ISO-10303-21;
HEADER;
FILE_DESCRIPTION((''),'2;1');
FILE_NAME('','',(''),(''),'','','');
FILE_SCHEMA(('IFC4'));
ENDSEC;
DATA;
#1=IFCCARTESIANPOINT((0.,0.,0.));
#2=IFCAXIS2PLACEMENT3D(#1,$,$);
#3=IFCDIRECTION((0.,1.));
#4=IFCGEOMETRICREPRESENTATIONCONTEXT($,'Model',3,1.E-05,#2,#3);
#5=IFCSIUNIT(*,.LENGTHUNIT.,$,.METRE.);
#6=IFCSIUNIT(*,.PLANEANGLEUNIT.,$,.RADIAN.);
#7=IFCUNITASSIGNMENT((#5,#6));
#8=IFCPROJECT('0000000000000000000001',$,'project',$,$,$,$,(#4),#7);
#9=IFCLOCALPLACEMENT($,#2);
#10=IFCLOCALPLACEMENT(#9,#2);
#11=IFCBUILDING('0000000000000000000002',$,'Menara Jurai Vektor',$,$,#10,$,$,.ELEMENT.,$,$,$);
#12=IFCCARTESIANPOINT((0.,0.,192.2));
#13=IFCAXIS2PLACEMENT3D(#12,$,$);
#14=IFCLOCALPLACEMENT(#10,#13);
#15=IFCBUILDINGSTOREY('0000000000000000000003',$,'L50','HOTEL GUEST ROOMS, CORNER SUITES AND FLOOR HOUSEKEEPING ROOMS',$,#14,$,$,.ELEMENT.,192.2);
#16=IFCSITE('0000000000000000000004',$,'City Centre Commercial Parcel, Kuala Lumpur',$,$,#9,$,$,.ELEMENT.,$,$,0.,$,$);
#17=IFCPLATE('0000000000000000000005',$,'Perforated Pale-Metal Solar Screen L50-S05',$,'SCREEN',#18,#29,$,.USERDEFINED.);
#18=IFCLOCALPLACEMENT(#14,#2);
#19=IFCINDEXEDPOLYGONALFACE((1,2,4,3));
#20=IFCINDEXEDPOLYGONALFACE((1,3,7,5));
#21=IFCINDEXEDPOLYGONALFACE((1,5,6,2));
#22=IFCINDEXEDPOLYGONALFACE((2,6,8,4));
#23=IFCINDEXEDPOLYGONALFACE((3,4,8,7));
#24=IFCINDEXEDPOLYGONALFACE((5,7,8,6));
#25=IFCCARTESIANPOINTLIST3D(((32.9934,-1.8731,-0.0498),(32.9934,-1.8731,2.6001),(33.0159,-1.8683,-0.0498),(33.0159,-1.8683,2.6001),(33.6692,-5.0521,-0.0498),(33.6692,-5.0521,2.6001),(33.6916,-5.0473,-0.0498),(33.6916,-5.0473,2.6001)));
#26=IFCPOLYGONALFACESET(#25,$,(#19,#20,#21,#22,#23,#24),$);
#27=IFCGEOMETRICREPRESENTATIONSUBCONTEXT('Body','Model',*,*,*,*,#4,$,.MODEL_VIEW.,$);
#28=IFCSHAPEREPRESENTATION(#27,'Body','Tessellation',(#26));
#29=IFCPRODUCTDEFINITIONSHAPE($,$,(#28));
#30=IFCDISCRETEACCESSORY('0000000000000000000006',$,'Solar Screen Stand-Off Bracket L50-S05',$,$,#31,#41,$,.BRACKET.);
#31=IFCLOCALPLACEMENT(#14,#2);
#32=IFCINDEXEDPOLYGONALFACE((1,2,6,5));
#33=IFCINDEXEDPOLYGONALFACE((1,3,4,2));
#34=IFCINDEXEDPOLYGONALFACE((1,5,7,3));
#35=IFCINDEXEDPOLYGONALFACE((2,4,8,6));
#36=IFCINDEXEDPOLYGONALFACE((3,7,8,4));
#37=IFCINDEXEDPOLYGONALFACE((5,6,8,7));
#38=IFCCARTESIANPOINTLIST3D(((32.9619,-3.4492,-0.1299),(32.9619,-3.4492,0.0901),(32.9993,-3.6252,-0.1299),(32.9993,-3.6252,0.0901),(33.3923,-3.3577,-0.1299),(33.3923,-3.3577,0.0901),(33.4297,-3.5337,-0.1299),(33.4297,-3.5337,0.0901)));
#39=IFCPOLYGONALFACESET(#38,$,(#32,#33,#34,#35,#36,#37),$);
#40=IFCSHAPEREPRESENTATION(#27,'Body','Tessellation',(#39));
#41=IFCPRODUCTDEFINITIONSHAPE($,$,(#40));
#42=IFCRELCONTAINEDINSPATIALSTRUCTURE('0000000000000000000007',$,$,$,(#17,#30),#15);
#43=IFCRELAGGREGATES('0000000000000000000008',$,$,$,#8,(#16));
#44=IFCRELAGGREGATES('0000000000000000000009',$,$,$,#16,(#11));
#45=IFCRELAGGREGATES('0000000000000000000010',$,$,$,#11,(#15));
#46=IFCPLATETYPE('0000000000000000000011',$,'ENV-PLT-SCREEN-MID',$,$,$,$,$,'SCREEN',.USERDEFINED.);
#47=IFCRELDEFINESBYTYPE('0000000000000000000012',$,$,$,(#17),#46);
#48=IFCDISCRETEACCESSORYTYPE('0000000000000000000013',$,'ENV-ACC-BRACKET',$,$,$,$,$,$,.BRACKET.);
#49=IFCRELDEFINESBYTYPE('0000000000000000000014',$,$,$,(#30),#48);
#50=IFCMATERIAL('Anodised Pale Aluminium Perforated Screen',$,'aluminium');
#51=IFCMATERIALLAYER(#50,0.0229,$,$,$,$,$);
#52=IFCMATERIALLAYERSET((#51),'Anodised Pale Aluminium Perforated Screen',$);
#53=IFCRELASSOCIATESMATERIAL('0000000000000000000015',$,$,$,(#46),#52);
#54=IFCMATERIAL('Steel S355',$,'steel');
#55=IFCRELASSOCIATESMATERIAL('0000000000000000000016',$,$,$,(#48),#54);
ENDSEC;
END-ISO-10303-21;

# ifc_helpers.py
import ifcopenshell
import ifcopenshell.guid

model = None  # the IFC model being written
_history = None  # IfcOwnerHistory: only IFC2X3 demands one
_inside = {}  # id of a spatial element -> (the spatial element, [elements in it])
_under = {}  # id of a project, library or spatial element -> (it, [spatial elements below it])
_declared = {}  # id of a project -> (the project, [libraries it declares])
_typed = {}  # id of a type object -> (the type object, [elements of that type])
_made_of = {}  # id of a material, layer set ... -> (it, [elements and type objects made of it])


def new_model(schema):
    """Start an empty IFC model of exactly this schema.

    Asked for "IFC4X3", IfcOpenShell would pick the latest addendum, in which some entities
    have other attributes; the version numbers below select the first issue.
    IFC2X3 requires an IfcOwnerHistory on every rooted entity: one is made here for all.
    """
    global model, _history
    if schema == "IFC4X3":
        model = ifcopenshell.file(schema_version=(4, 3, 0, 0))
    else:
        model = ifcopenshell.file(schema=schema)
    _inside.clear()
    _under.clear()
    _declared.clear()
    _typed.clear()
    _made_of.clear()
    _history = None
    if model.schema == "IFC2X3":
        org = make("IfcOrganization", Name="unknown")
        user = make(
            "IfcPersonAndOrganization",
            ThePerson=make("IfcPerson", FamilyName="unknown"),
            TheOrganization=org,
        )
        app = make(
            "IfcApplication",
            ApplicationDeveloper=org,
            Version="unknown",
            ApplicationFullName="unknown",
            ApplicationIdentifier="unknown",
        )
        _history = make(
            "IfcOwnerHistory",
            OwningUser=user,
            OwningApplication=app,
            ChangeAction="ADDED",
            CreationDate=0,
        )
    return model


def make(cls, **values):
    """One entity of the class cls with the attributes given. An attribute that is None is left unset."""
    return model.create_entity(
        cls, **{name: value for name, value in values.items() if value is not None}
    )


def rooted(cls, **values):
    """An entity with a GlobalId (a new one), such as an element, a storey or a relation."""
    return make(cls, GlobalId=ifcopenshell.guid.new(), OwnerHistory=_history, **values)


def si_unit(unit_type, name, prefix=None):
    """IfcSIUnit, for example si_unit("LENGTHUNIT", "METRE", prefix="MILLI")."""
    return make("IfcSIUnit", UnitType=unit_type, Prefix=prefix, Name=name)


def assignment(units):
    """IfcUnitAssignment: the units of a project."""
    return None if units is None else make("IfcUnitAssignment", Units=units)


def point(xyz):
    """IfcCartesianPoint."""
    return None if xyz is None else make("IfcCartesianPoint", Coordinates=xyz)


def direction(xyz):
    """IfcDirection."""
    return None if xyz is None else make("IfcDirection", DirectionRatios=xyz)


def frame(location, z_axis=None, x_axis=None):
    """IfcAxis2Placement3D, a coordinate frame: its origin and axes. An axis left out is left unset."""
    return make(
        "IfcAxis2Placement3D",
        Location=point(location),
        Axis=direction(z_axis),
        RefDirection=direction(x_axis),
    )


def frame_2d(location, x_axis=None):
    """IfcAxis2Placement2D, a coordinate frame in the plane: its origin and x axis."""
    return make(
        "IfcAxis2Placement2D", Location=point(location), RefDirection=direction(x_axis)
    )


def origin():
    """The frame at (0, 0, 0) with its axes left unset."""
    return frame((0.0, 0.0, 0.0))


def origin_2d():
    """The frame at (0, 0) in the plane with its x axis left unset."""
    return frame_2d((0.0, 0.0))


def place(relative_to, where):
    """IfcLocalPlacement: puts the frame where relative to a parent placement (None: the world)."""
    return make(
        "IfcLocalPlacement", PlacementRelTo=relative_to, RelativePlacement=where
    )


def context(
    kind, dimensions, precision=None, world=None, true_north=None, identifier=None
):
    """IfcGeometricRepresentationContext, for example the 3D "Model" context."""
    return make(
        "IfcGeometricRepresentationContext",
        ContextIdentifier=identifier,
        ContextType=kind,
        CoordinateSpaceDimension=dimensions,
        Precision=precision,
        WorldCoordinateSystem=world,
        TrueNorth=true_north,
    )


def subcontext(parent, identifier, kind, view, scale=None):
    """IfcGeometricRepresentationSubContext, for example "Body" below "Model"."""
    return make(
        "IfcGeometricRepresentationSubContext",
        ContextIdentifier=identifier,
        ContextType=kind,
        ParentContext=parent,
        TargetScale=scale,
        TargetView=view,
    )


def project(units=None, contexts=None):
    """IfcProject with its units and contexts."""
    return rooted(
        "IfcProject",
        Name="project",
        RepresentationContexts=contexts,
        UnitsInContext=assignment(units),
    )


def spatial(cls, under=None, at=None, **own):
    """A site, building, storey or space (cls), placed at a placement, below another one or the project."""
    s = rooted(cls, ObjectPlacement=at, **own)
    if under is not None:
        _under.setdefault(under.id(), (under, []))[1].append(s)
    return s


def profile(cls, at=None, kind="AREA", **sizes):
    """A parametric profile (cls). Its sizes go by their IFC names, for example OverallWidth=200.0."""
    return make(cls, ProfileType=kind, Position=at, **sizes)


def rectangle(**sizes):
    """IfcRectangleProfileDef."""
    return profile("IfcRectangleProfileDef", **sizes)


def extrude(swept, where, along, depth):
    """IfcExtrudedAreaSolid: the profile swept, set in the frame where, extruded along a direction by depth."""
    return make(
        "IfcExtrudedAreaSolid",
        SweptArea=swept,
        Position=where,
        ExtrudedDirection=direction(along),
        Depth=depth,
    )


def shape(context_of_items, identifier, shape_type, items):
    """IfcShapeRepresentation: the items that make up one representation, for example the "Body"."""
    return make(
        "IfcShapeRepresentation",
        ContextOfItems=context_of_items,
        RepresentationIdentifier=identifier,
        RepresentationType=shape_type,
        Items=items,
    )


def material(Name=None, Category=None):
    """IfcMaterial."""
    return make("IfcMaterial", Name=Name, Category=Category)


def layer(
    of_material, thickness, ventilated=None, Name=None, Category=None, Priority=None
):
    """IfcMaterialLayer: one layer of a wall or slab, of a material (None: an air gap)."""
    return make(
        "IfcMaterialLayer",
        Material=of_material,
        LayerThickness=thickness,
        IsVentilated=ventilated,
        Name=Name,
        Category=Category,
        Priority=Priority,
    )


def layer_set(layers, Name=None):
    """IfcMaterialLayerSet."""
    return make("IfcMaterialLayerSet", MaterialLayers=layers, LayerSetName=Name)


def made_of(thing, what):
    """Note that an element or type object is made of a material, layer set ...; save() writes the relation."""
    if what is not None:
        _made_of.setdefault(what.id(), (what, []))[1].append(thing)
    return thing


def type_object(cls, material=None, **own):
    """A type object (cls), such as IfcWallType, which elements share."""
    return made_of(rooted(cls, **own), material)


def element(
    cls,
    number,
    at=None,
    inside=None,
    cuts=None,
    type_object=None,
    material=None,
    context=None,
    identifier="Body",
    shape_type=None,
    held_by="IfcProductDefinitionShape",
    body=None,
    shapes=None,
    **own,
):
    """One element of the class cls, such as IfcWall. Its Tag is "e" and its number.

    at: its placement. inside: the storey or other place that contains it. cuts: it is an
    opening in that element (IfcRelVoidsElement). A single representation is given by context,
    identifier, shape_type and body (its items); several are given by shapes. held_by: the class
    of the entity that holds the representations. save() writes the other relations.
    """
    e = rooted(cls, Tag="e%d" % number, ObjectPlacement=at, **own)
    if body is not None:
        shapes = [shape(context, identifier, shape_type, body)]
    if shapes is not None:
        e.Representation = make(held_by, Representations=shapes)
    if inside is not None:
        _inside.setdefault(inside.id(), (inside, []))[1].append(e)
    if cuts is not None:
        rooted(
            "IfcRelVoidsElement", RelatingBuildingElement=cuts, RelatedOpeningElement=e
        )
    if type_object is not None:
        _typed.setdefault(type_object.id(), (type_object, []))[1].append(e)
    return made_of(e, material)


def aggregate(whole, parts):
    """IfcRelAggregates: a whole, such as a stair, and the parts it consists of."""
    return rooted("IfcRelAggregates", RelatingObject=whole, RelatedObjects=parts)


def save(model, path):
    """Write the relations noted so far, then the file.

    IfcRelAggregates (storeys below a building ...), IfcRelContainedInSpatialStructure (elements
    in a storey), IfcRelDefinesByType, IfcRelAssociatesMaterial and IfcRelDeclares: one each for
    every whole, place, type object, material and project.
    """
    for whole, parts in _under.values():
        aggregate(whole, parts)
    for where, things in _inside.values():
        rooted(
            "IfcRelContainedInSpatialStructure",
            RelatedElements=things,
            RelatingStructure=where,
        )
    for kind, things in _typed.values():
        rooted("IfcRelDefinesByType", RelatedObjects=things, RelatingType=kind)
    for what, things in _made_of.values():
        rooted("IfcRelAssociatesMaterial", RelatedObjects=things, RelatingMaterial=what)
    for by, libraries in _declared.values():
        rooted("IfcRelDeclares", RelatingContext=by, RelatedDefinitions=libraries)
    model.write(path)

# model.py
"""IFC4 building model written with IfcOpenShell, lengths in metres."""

from ifc_helpers import new_model, si_unit, direction, frame, origin, origin_2d, place, context, subcontext, project, spatial, rectangle, extrude, material, layer, layer_set, type_object, element, save


model = new_model("IFC4")

# Units and contexts
model_context = context("Model", 3, precision=1e-05, world=origin(), true_north=direction((0.0, 1.0)))
body_context = subcontext(model_context, "Body", "Model", "MODEL_VIEW")
ifc_project = project(units=[si_unit("LENGTHUNIT", "METRE"), si_unit("PLANEANGLEUNIT", "RADIAN")], contexts=[model_context])

# Site, building, storey
site_placement = place(None, origin())
site = spatial("IfcSite", under=ifc_project, at=site_placement, Name="City Centre Commercial Parcel, Kuala Lumpur", CompositionType="ELEMENT", RefElevation=0.0)
building_placement = place(site_placement, origin())
building = spatial("IfcBuilding", under=site, at=building_placement, Name="Menara Jurai Vektor", CompositionType="ELEMENT")
storey_placement = place(building_placement, frame((0.0, 0.0, 192.2)))
storey = spatial("IfcBuildingStorey", under=building, at=storey_placement, Name="L50", Description="HOTEL GUEST ROOMS, CORNER SUITES AND FLOOR HOUSEKEEPING ROOMS", CompositionType="ELEMENT", Elevation=192.2)

# Shared definitions
ifc_material_1 = material(Name="Steel S355", Category="steel")

# Plate
ifc_material_2 = material(Name="Anodised Pale Aluminium Perforated Screen", Category="aluminium")
ifc_layer_1 = layer(ifc_material_2, 0.0229)
ifc_layer_set_1 = layer_set([ifc_layer_1], Name="Anodised Pale Aluminium Perforated Screen")
plate_type_1 = type_object("IfcPlateType", Name="ENV-PLT-SCREEN-MID", ElementType="SCREEN", PredefinedType="USERDEFINED", material=ifc_layer_set_1)
plate_1_placement = place(storey_placement, frame((33.3425, -3.4602, -0.0498), z_axis=(0.0, 0.0, 1.0), x_axis=(-0.207912, 0.978148, 0.0)))
element("IfcPlate", 1, at=plate_1_placement, inside=storey, type_object=plate_type_1, Name="Perforated Pale-Metal Solar Screen L50-S05", ObjectType="SCREEN", PredefinedType="USERDEFINED", context=body_context, shape_type="SweptSolid", body=[
    extrude(rectangle(XDim=3.25, YDim=0.0229, at=origin_2d()), origin(), (0.0, 0.0, 1.0), 2.6499),
])

# Discrete accessory
discrete_accessory_type = type_object("IfcDiscreteAccessoryType", Name="ENV-ACC-BRACKET", PredefinedType="BRACKET", material=ifc_material_1)
discrete_accessory_placement = place(storey_placement, frame((33.1958, -3.4915, -0.1299), z_axis=(0.0, 0.0, 1.0), x_axis=(-0.207912, 0.978148, 0.0)))
element("IfcDiscreteAccessory", 2, at=discrete_accessory_placement, inside=storey, type_object=discrete_accessory_type, Name="Solar Screen Stand-Off Bracket L50-S05", PredefinedType="BRACKET", context=body_context, shape_type="SweptSolid", body=[
    extrude(rectangle(XDim=0.1799, YDim=0.4399, at=origin_2d()), origin(), (0.0, 0.0, 1.0), 0.22),
])

save(model, "model.ifc")
